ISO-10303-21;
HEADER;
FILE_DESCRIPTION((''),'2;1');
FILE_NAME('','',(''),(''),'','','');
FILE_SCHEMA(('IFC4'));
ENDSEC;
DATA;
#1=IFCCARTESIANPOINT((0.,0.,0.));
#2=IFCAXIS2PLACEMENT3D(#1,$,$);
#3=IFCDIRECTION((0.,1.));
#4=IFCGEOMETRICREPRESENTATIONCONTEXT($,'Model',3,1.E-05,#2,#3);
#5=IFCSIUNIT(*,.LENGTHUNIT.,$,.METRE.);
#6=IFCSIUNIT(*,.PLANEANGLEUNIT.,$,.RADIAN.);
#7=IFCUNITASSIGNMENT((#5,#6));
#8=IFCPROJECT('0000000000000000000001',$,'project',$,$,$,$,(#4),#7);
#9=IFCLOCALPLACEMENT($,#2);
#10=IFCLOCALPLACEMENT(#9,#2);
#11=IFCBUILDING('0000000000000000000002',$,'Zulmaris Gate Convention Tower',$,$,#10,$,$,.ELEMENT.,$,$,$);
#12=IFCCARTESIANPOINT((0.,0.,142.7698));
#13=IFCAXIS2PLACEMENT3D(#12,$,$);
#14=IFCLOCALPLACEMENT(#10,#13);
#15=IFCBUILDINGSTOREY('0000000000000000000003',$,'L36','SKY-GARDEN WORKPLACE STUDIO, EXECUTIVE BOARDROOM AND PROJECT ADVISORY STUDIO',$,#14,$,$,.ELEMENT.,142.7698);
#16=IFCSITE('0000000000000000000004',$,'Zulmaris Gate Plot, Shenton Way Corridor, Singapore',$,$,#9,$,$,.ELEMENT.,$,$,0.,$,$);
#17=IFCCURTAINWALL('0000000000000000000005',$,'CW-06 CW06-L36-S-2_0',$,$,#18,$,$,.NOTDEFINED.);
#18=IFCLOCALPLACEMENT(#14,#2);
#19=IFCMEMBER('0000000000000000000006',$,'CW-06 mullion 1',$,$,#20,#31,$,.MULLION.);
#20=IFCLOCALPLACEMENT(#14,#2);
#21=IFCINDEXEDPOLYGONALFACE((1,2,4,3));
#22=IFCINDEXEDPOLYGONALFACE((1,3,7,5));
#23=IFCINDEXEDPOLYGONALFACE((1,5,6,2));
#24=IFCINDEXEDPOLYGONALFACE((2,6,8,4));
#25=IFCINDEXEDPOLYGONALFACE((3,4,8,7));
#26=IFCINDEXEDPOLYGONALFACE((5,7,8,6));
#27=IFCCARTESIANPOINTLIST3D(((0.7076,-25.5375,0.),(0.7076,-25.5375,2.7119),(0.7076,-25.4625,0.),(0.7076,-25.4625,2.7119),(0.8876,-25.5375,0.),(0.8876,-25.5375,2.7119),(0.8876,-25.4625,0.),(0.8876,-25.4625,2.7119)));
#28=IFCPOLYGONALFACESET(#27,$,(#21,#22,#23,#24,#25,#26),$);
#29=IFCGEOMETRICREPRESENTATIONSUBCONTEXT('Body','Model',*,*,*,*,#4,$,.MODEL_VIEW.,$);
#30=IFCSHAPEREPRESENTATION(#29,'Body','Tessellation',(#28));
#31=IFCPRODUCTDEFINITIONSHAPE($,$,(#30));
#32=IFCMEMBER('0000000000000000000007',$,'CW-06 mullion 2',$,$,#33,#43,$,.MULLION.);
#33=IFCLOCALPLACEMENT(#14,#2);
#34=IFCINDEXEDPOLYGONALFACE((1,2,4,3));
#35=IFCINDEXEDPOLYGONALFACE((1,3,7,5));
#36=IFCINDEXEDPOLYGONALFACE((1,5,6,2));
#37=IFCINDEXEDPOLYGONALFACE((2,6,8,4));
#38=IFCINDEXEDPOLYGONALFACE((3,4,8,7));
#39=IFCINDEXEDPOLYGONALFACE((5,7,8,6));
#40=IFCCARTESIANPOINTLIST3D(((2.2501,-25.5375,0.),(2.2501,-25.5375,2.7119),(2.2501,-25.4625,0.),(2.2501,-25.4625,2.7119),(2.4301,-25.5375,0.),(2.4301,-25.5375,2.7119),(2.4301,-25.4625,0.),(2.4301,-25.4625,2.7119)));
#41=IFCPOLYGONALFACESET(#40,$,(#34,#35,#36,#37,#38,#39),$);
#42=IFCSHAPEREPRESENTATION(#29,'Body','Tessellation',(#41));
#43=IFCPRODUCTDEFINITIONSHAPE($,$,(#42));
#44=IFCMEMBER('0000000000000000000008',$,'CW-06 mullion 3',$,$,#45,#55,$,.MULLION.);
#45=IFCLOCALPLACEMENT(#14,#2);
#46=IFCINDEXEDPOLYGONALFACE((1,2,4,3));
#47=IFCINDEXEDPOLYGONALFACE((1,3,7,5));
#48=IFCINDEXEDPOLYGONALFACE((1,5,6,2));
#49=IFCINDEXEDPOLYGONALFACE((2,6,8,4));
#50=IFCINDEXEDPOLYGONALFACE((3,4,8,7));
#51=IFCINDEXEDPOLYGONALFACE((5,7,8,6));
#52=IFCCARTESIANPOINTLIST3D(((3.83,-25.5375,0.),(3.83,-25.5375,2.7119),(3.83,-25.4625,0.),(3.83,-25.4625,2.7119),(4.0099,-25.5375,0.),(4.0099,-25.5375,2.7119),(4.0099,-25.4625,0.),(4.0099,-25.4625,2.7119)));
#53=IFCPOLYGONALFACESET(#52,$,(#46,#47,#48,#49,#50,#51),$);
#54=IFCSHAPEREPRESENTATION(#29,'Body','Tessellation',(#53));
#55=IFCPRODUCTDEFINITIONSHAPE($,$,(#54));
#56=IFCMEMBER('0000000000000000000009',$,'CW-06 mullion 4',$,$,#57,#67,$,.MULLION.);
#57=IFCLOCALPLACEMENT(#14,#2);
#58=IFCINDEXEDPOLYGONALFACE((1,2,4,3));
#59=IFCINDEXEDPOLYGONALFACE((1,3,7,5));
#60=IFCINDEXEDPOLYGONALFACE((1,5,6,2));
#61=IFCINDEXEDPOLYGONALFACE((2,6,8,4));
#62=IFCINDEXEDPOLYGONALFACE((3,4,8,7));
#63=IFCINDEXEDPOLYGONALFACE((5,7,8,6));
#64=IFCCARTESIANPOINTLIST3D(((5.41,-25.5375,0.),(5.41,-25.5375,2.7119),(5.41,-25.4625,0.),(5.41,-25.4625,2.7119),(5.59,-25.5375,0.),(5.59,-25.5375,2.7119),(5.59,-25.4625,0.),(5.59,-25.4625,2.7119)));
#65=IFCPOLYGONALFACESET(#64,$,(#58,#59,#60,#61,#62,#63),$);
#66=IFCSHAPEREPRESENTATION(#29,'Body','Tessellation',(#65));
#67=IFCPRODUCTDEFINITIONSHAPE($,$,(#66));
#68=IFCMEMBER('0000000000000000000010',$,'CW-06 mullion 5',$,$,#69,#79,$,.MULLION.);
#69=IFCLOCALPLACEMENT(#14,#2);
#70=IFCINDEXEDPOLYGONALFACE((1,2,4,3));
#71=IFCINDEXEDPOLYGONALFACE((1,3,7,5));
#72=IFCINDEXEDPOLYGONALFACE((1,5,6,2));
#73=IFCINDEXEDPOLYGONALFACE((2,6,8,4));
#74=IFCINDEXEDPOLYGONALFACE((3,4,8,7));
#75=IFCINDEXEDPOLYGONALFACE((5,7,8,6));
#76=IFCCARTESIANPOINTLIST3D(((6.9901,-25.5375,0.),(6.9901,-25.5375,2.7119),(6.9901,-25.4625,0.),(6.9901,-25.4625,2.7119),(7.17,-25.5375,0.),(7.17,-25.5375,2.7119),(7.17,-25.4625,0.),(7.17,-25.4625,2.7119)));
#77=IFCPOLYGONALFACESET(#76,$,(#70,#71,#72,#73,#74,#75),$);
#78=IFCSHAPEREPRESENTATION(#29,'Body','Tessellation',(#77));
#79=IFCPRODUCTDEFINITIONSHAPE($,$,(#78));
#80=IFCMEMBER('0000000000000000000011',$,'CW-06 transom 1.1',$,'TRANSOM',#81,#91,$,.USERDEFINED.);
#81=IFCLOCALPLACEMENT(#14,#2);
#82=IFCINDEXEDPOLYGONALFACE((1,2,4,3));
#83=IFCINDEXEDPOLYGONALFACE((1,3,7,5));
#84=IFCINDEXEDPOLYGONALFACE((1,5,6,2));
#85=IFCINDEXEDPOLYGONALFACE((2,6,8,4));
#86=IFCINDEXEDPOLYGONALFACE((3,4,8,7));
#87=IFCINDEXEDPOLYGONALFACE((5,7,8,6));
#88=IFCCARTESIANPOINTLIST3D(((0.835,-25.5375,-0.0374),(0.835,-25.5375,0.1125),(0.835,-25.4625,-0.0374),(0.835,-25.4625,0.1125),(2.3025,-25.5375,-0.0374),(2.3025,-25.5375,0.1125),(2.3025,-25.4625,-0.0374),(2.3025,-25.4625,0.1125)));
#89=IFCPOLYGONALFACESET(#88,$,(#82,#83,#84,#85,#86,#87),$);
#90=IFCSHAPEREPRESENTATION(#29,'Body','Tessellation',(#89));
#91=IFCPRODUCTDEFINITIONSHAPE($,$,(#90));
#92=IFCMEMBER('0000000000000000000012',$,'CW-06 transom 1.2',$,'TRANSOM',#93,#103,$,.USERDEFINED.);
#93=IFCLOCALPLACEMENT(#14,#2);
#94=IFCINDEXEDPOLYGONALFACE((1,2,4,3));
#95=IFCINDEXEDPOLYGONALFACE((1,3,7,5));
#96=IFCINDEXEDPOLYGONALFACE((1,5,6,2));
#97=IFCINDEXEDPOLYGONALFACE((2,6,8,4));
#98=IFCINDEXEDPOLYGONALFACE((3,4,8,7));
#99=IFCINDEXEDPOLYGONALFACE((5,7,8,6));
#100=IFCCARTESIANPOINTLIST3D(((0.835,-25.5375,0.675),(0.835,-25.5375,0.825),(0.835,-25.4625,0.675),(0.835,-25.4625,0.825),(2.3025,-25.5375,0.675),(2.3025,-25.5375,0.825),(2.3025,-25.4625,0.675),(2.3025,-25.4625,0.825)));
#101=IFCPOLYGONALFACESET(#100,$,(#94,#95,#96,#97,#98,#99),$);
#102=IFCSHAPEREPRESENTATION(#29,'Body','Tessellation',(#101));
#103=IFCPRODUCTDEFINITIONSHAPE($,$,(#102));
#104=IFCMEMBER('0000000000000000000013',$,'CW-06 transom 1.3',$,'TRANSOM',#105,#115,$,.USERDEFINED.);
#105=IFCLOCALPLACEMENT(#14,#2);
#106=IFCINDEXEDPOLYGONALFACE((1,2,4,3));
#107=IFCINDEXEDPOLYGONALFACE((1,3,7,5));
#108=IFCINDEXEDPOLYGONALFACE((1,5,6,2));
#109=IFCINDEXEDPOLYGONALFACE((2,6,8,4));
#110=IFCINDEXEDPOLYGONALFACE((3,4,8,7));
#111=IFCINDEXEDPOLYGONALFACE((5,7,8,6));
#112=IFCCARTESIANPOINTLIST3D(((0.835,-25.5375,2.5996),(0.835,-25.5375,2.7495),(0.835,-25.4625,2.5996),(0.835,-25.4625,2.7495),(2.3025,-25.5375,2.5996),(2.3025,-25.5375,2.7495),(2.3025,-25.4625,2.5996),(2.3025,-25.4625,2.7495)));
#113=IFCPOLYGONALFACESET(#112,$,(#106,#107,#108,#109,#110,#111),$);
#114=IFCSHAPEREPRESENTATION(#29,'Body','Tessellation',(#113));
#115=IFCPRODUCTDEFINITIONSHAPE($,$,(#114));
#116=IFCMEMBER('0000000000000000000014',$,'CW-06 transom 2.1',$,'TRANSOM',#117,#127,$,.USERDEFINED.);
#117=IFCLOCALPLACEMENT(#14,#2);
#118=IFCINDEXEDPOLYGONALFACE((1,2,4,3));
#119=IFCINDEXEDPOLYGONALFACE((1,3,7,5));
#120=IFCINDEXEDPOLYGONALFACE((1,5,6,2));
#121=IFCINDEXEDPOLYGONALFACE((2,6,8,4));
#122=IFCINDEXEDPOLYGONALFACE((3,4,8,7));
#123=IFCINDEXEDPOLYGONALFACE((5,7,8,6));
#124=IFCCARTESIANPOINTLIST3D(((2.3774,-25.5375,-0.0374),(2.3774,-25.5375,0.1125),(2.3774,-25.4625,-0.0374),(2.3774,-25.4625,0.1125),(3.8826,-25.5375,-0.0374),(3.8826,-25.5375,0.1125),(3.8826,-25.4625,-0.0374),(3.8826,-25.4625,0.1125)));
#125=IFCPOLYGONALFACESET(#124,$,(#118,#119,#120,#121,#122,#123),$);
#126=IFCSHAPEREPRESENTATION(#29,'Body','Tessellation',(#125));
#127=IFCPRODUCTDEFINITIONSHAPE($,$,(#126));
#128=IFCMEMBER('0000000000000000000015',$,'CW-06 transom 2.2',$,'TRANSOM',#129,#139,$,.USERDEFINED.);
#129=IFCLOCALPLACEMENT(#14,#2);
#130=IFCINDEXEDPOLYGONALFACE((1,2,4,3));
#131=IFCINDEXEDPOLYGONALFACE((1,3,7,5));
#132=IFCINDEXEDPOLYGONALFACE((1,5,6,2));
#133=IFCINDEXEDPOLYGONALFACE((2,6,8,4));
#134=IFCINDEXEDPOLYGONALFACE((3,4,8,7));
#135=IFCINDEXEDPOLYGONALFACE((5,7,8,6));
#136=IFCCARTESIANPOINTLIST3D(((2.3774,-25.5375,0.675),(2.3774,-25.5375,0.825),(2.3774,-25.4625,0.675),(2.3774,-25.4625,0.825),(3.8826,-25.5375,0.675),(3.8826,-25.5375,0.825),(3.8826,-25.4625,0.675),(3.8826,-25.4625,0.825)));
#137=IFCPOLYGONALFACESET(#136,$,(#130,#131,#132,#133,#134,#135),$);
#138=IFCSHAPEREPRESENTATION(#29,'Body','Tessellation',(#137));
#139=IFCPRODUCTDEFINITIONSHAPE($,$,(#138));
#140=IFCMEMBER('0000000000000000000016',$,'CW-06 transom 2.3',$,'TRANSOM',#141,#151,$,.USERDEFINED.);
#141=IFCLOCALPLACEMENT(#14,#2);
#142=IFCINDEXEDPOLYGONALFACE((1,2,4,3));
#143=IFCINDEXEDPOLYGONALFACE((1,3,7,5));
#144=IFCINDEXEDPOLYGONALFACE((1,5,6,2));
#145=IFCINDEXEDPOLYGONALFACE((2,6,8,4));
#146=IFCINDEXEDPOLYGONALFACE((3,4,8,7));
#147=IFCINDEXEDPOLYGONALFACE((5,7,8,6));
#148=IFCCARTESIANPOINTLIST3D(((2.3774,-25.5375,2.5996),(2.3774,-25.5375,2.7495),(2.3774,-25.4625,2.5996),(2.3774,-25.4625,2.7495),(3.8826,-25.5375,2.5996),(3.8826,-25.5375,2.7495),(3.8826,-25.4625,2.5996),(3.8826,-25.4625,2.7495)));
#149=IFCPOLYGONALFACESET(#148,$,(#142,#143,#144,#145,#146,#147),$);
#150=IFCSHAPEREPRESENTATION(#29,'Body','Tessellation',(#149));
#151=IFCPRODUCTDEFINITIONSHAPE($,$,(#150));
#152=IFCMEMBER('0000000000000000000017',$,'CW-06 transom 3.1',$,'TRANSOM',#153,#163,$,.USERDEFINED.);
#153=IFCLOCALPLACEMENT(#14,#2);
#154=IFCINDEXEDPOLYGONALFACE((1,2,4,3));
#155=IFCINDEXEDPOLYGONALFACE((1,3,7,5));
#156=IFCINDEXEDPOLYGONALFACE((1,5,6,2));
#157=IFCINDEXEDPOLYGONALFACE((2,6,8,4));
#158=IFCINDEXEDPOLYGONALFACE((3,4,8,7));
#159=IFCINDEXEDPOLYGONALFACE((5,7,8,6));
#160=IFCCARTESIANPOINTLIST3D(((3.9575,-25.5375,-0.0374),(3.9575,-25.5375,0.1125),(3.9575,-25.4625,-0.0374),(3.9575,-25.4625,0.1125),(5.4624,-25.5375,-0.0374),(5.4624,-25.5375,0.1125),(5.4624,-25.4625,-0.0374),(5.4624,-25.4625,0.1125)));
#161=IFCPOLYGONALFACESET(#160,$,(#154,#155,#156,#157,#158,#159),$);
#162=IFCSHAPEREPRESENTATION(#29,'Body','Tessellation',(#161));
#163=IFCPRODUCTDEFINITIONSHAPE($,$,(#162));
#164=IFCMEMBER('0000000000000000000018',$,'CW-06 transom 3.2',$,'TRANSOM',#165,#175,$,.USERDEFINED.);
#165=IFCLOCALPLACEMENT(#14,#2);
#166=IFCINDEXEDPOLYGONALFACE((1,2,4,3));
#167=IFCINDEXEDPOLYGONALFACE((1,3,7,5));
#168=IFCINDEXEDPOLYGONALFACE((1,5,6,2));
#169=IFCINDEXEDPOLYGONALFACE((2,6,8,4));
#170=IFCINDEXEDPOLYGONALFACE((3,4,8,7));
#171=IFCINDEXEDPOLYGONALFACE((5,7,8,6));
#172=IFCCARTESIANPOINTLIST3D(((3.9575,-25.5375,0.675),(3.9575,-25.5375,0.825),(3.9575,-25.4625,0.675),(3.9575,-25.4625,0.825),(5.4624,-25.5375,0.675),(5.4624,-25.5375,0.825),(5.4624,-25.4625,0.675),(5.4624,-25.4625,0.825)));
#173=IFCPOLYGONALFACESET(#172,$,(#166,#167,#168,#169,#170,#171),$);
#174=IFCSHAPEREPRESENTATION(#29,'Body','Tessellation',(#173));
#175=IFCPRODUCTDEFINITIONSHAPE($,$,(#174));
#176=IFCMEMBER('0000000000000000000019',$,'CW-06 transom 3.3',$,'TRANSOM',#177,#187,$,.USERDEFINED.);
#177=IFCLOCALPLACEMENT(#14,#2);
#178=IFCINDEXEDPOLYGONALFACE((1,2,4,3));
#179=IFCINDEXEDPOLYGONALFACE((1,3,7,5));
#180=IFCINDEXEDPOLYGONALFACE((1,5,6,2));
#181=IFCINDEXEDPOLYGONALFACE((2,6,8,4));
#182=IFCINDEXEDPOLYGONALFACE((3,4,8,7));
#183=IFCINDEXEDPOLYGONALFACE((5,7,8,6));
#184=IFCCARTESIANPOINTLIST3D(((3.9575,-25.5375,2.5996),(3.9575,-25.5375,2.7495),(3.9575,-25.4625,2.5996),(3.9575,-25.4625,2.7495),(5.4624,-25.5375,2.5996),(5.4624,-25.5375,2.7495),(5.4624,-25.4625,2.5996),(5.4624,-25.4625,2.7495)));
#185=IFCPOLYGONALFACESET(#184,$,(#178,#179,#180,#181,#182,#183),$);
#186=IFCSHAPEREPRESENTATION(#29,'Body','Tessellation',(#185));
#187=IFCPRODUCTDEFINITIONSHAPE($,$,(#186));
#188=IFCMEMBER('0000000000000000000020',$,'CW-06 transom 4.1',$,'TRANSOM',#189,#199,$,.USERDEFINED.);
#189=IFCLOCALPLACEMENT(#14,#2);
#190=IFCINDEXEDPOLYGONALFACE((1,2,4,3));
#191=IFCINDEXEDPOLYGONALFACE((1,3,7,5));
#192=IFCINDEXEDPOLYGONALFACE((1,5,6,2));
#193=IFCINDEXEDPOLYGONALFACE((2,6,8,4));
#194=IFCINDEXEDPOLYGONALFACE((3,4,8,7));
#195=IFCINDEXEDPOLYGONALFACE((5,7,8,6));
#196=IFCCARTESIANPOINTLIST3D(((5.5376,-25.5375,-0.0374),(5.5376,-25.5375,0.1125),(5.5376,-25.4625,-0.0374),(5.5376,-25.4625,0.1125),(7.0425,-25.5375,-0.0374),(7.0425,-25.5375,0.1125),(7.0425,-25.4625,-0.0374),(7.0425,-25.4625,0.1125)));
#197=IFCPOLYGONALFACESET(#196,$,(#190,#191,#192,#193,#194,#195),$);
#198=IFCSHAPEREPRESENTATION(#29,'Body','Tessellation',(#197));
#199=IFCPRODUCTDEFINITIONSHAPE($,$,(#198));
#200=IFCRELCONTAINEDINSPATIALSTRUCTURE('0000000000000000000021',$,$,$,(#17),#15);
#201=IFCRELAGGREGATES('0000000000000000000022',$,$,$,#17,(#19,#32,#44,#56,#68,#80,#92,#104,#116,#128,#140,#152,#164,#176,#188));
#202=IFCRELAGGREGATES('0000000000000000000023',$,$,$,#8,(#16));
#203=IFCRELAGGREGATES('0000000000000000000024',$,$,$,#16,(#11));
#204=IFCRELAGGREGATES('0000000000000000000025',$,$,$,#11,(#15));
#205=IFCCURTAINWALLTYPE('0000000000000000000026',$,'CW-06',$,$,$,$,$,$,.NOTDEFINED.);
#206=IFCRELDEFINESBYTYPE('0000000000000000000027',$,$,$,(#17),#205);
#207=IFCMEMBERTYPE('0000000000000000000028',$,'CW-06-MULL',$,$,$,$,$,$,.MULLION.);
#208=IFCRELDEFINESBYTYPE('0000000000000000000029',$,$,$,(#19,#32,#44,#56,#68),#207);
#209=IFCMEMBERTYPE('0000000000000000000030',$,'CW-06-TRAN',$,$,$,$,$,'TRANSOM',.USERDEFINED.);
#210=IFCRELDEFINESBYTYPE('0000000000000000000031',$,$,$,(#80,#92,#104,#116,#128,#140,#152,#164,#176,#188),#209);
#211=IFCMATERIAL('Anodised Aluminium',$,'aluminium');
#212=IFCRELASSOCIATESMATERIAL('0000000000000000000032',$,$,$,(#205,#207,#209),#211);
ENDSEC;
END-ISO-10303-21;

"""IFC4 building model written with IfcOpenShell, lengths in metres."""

from ifc_helpers import new_model, si_unit, direction, frame, origin, origin_2d, place, context, subcontext, project, spatial, rectangle, extrude, material, material_profile, profile_set, type_object, element, aggregate, save


model = new_model("IFC4")

# Units and contexts
model_context = context("Model", 3, precision=1e-05, world=origin(), true_north=direction((0.0, 1.0)))
body_context = subcontext(model_context, "Body", "Model", "MODEL_VIEW")
ifc_project = project(units=[si_unit("LENGTHUNIT", "METRE"), si_unit("PLANEANGLEUNIT", "RADIAN")], contexts=[model_context])

# Site, building, storey
site_placement = place(None, origin())
site = spatial("IfcSite", under=ifc_project, at=site_placement, Name="Zulmaris Gate Plot, Shenton Way Corridor, Singapore", CompositionType="ELEMENT", RefElevation=0.0)
building_placement = place(site_placement, origin())
building = spatial("IfcBuilding", under=site, at=building_placement, Name="Zulmaris Gate Convention Tower", CompositionType="ELEMENT")
storey_placement = place(building_placement, frame((0.0, 0.0, 142.7698)))
storey = spatial("IfcBuildingStorey", under=building, at=storey_placement, Name="L36", Description="SKY-GARDEN WORKPLACE STUDIO, EXECUTIVE BOARDROOM AND PROJECT ADVISORY STUDIO", CompositionType="ELEMENT", Elevation=142.7698)

# Curtain wall, members
ifc_material_1 = material(Name="Anodised Aluminium", Category="aluminium")
curtain_wall_type = type_object("IfcCurtainWallType", Name="CW-06", PredefinedType="NOTDEFINED", material=ifc_material_1)
curtain_wall_placement = place(storey_placement, origin())
curtain_wall = element("IfcCurtainWall", 1, at=curtain_wall_placement, inside=storey, type_object=curtain_wall_type, Name="CW-06 CW06-L36-S-2_0", PredefinedType="NOTDEFINED")
ifc_material_profile_1 = material_profile(ifc_material_1, rectangle(XDim=0.075, YDim=0.1799, at=origin_2d()), Name="ALU MULLION 75x180")
ifc_profile_set_1 = profile_set([ifc_material_profile_1], Name="Anodised Aluminium")
member_type_1 = type_object("IfcMemberType", Name="CW-06-MULL", PredefinedType="MULLION", material=ifc_profile_set_1)
member_1_placement = place(storey_placement, frame((0.7976, -25.5, 0.0), z_axis=(0.0, 0.0, 1.0), x_axis=(0.0, 1.0, 0.0)))
member_1 = element("IfcMember", 2, at=member_1_placement, type_object=member_type_1, Name="CW-06 mullion 1", PredefinedType="MULLION", context=body_context, shape_type="SweptSolid", body=[
    extrude(rectangle(XDim=0.075, YDim=0.1799, at=origin_2d()), origin(), (0.0, 0.0, 1.0), 2.7119),
])
member_2_placement = place(storey_placement, frame((2.3401, -25.5, 0.0), z_axis=(0.0, 0.0, 1.0), x_axis=(0.0, 1.0, 0.0)))
member_2 = element("IfcMember", 3, at=member_2_placement, type_object=member_type_1, Name="CW-06 mullion 2", PredefinedType="MULLION", context=body_context, shape_type="SweptSolid", body=[
    extrude(rectangle(XDim=0.075, YDim=0.1799, at=origin_2d()), origin(), (0.0, 0.0, 1.0), 2.7119),
])
member_3_placement = place(storey_placement, frame((3.9199, -25.5, 0.0), z_axis=(0.0, 0.0, 1.0), x_axis=(0.0, 1.0, 0.0)))
member_3 = element("IfcMember", 4, at=member_3_placement, type_object=member_type_1, Name="CW-06 mullion 3", PredefinedType="MULLION", context=body_context, shape_type="SweptSolid", body=[
    extrude(rectangle(XDim=0.075, YDim=0.1799, at=origin_2d()), origin(), (0.0, 0.0, 1.0), 2.7119),
])
member_4_placement = place(storey_placement, frame((5.5, -25.5, 0.0), z_axis=(0.0, 0.0, 1.0), x_axis=(0.0, 1.0, 0.0)))
member_4 = element("IfcMember", 5, at=member_4_placement, type_object=member_type_1, Name="CW-06 mullion 4", PredefinedType="MULLION", context=body_context, shape_type="SweptSolid", body=[
    extrude(rectangle(XDim=0.075, YDim=0.1799, at=origin_2d()), origin(), (0.0, 0.0, 1.0), 2.7119),
])
member_5_placement = place(storey_placement, frame((7.0801, -25.5, 0.0), z_axis=(0.0, 0.0, 1.0), x_axis=(0.0, 1.0, 0.0)))
member_5 = element("IfcMember", 6, at=member_5_placement, type_object=member_type_1, Name="CW-06 mullion 5", PredefinedType="MULLION", context=body_context, shape_type="SweptSolid", body=[
    extrude(rectangle(XDim=0.075, YDim=0.1799, at=origin_2d()), origin(), (0.0, 0.0, 1.0), 2.7119),
])
ifc_material_profile_2 = material_profile(ifc_material_1, rectangle(XDim=0.075, YDim=0.1499, at=origin_2d()), Name="ALU TRANSOM 75x150")
ifc_profile_set_2 = profile_set([ifc_material_profile_2], Name="Anodised Aluminium")
member_type_2 = type_object("IfcMemberType", Name="CW-06-TRAN", ElementType="TRANSOM", PredefinedType="USERDEFINED", material=ifc_profile_set_2)
member_6_placement = place(storey_placement, frame((0.835, -25.5, 0.0376), z_axis=(1.0, 0.0, 0.0), x_axis=(0.0, 1.0, 0.0)))
member_6 = element("IfcMember", 7, at=member_6_placement, type_object=member_type_2, Name="CW-06 transom 1.1", ObjectType="TRANSOM", PredefinedType="USERDEFINED", context=body_context, shape_type="SweptSolid", body=[
    extrude(rectangle(XDim=0.075, YDim=0.1499, at=origin_2d()), origin(), (0.0, 0.0, 1.0), 1.4675),
])
member_7_placement = place(storey_placement, frame((0.835, -25.5, 0.75), z_axis=(1.0, 0.0, 0.0), x_axis=(0.0, 1.0, 0.0)))
member_7 = element("IfcMember", 8, at=member_7_placement, type_object=member_type_2, Name="CW-06 transom 1.2", ObjectType="TRANSOM", PredefinedType="USERDEFINED", context=body_context, shape_type="SweptSolid", body=[
    extrude(rectangle(XDim=0.075, YDim=0.1499, at=origin_2d()), origin(), (0.0, 0.0, 1.0), 1.4675),
])
member_8_placement = place(storey_placement, frame((0.835, -25.5, 2.6746), z_axis=(1.0, 0.0, 0.0), x_axis=(0.0, 1.0, 0.0)))
member_8 = element("IfcMember", 9, at=member_8_placement, type_object=member_type_2, Name="CW-06 transom 1.3", ObjectType="TRANSOM", PredefinedType="USERDEFINED", context=body_context, shape_type="SweptSolid", body=[
    extrude(rectangle(XDim=0.075, YDim=0.1499, at=origin_2d()), origin(), (0.0, 0.0, 1.0), 1.4675),
])
member_9_placement = place(storey_placement, frame((2.3774, -25.5, 0.0376), z_axis=(1.0, 0.0, 0.0), x_axis=(0.0, 1.0, 0.0)))
member_9 = element("IfcMember", 10, at=member_9_placement, type_object=member_type_2, Name="CW-06 transom 2.1", ObjectType="TRANSOM", PredefinedType="USERDEFINED", context=body_context, shape_type="SweptSolid", body=[
    extrude(rectangle(XDim=0.075, YDim=0.1499, at=origin_2d()), origin(), (0.0, 0.0, 1.0), 1.5051),
])
member_10_placement = place(storey_placement, frame((2.3774, -25.5, 0.75), z_axis=(1.0, 0.0, 0.0), x_axis=(0.0, 1.0, 0.0)))
member_10 = element("IfcMember", 11, at=member_10_placement, type_object=member_type_2, Name="CW-06 transom 2.2", ObjectType="TRANSOM", PredefinedType="USERDEFINED", context=body_context, shape_type="SweptSolid", body=[
    extrude(rectangle(XDim=0.075, YDim=0.1499, at=origin_2d()), origin(), (0.0, 0.0, 1.0), 1.5051),
])
member_11_placement = place(storey_placement, frame((2.3774, -25.5, 2.6746), z_axis=(1.0, 0.0, 0.0), x_axis=(0.0, 1.0, 0.0)))
member_11 = element("IfcMember", 12, at=member_11_placement, type_object=member_type_2, Name="CW-06 transom 2.3", ObjectType="TRANSOM", PredefinedType="USERDEFINED", context=body_context, shape_type="SweptSolid", body=[
    extrude(rectangle(XDim=0.075, YDim=0.1499, at=origin_2d()), origin(), (0.0, 0.0, 1.0), 1.5051),
])
member_12_placement = place(storey_placement, frame((3.9575, -25.5, 0.0376), z_axis=(1.0, 0.0, 0.0), x_axis=(0.0, 1.0, 0.0)))
member_12 = element("IfcMember", 13, at=member_12_placement, type_object=member_type_2, Name="CW-06 transom 3.1", ObjectType="TRANSOM", PredefinedType="USERDEFINED", context=body_context, shape_type="SweptSolid", body=[
    extrude(rectangle(XDim=0.075, YDim=0.1499, at=origin_2d()), origin(), (0.0, 0.0, 1.0), 1.5049),
])
member_13_placement = place(storey_placement, frame((3.9575, -25.5, 0.75), z_axis=(1.0, 0.0, 0.0), x_axis=(0.0, 1.0, 0.0)))
member_13 = element("IfcMember", 14, at=member_13_placement, type_object=member_type_2, Name="CW-06 transom 3.2", ObjectType="TRANSOM", PredefinedType="USERDEFINED", context=body_context, shape_type="SweptSolid", body=[
    extrude(rectangle(XDim=0.075, YDim=0.1499, at=origin_2d()), origin(), (0.0, 0.0, 1.0), 1.5049),
])
member_14_placement = place(storey_placement, frame((3.9575, -25.5, 2.6746), z_axis=(1.0, 0.0, 0.0), x_axis=(0.0, 1.0, 0.0)))
member_14 = element("IfcMember", 15, at=member_14_placement, type_object=member_type_2, Name="CW-06 transom 3.3", ObjectType="TRANSOM", PredefinedType="USERDEFINED", context=body_context, shape_type="SweptSolid", body=[
    extrude(rectangle(XDim=0.075, YDim=0.1499, at=origin_2d()), origin(), (0.0, 0.0, 1.0), 1.5049),
])
member_15_placement = place(storey_placement, frame((5.5376, -25.5, 0.0376), z_axis=(1.0, 0.0, 0.0), x_axis=(0.0, 1.0, 0.0)))
member_15 = element("IfcMember", 16, at=member_15_placement, type_object=member_type_2, Name="CW-06 transom 4.1", ObjectType="TRANSOM", PredefinedType="USERDEFINED", context=body_context, shape_type="SweptSolid", body=[
    extrude(rectangle(XDim=0.075, YDim=0.1499, at=origin_2d()), origin(), (0.0, 0.0, 1.0), 1.5049),
])
aggregate(curtain_wall, [member_1, member_2, member_3, member_4, member_5, member_6, member_7, member_8, member_9, member_10, member_11, member_12, member_13, member_14, member_15])

save(model, "model.ifc")
